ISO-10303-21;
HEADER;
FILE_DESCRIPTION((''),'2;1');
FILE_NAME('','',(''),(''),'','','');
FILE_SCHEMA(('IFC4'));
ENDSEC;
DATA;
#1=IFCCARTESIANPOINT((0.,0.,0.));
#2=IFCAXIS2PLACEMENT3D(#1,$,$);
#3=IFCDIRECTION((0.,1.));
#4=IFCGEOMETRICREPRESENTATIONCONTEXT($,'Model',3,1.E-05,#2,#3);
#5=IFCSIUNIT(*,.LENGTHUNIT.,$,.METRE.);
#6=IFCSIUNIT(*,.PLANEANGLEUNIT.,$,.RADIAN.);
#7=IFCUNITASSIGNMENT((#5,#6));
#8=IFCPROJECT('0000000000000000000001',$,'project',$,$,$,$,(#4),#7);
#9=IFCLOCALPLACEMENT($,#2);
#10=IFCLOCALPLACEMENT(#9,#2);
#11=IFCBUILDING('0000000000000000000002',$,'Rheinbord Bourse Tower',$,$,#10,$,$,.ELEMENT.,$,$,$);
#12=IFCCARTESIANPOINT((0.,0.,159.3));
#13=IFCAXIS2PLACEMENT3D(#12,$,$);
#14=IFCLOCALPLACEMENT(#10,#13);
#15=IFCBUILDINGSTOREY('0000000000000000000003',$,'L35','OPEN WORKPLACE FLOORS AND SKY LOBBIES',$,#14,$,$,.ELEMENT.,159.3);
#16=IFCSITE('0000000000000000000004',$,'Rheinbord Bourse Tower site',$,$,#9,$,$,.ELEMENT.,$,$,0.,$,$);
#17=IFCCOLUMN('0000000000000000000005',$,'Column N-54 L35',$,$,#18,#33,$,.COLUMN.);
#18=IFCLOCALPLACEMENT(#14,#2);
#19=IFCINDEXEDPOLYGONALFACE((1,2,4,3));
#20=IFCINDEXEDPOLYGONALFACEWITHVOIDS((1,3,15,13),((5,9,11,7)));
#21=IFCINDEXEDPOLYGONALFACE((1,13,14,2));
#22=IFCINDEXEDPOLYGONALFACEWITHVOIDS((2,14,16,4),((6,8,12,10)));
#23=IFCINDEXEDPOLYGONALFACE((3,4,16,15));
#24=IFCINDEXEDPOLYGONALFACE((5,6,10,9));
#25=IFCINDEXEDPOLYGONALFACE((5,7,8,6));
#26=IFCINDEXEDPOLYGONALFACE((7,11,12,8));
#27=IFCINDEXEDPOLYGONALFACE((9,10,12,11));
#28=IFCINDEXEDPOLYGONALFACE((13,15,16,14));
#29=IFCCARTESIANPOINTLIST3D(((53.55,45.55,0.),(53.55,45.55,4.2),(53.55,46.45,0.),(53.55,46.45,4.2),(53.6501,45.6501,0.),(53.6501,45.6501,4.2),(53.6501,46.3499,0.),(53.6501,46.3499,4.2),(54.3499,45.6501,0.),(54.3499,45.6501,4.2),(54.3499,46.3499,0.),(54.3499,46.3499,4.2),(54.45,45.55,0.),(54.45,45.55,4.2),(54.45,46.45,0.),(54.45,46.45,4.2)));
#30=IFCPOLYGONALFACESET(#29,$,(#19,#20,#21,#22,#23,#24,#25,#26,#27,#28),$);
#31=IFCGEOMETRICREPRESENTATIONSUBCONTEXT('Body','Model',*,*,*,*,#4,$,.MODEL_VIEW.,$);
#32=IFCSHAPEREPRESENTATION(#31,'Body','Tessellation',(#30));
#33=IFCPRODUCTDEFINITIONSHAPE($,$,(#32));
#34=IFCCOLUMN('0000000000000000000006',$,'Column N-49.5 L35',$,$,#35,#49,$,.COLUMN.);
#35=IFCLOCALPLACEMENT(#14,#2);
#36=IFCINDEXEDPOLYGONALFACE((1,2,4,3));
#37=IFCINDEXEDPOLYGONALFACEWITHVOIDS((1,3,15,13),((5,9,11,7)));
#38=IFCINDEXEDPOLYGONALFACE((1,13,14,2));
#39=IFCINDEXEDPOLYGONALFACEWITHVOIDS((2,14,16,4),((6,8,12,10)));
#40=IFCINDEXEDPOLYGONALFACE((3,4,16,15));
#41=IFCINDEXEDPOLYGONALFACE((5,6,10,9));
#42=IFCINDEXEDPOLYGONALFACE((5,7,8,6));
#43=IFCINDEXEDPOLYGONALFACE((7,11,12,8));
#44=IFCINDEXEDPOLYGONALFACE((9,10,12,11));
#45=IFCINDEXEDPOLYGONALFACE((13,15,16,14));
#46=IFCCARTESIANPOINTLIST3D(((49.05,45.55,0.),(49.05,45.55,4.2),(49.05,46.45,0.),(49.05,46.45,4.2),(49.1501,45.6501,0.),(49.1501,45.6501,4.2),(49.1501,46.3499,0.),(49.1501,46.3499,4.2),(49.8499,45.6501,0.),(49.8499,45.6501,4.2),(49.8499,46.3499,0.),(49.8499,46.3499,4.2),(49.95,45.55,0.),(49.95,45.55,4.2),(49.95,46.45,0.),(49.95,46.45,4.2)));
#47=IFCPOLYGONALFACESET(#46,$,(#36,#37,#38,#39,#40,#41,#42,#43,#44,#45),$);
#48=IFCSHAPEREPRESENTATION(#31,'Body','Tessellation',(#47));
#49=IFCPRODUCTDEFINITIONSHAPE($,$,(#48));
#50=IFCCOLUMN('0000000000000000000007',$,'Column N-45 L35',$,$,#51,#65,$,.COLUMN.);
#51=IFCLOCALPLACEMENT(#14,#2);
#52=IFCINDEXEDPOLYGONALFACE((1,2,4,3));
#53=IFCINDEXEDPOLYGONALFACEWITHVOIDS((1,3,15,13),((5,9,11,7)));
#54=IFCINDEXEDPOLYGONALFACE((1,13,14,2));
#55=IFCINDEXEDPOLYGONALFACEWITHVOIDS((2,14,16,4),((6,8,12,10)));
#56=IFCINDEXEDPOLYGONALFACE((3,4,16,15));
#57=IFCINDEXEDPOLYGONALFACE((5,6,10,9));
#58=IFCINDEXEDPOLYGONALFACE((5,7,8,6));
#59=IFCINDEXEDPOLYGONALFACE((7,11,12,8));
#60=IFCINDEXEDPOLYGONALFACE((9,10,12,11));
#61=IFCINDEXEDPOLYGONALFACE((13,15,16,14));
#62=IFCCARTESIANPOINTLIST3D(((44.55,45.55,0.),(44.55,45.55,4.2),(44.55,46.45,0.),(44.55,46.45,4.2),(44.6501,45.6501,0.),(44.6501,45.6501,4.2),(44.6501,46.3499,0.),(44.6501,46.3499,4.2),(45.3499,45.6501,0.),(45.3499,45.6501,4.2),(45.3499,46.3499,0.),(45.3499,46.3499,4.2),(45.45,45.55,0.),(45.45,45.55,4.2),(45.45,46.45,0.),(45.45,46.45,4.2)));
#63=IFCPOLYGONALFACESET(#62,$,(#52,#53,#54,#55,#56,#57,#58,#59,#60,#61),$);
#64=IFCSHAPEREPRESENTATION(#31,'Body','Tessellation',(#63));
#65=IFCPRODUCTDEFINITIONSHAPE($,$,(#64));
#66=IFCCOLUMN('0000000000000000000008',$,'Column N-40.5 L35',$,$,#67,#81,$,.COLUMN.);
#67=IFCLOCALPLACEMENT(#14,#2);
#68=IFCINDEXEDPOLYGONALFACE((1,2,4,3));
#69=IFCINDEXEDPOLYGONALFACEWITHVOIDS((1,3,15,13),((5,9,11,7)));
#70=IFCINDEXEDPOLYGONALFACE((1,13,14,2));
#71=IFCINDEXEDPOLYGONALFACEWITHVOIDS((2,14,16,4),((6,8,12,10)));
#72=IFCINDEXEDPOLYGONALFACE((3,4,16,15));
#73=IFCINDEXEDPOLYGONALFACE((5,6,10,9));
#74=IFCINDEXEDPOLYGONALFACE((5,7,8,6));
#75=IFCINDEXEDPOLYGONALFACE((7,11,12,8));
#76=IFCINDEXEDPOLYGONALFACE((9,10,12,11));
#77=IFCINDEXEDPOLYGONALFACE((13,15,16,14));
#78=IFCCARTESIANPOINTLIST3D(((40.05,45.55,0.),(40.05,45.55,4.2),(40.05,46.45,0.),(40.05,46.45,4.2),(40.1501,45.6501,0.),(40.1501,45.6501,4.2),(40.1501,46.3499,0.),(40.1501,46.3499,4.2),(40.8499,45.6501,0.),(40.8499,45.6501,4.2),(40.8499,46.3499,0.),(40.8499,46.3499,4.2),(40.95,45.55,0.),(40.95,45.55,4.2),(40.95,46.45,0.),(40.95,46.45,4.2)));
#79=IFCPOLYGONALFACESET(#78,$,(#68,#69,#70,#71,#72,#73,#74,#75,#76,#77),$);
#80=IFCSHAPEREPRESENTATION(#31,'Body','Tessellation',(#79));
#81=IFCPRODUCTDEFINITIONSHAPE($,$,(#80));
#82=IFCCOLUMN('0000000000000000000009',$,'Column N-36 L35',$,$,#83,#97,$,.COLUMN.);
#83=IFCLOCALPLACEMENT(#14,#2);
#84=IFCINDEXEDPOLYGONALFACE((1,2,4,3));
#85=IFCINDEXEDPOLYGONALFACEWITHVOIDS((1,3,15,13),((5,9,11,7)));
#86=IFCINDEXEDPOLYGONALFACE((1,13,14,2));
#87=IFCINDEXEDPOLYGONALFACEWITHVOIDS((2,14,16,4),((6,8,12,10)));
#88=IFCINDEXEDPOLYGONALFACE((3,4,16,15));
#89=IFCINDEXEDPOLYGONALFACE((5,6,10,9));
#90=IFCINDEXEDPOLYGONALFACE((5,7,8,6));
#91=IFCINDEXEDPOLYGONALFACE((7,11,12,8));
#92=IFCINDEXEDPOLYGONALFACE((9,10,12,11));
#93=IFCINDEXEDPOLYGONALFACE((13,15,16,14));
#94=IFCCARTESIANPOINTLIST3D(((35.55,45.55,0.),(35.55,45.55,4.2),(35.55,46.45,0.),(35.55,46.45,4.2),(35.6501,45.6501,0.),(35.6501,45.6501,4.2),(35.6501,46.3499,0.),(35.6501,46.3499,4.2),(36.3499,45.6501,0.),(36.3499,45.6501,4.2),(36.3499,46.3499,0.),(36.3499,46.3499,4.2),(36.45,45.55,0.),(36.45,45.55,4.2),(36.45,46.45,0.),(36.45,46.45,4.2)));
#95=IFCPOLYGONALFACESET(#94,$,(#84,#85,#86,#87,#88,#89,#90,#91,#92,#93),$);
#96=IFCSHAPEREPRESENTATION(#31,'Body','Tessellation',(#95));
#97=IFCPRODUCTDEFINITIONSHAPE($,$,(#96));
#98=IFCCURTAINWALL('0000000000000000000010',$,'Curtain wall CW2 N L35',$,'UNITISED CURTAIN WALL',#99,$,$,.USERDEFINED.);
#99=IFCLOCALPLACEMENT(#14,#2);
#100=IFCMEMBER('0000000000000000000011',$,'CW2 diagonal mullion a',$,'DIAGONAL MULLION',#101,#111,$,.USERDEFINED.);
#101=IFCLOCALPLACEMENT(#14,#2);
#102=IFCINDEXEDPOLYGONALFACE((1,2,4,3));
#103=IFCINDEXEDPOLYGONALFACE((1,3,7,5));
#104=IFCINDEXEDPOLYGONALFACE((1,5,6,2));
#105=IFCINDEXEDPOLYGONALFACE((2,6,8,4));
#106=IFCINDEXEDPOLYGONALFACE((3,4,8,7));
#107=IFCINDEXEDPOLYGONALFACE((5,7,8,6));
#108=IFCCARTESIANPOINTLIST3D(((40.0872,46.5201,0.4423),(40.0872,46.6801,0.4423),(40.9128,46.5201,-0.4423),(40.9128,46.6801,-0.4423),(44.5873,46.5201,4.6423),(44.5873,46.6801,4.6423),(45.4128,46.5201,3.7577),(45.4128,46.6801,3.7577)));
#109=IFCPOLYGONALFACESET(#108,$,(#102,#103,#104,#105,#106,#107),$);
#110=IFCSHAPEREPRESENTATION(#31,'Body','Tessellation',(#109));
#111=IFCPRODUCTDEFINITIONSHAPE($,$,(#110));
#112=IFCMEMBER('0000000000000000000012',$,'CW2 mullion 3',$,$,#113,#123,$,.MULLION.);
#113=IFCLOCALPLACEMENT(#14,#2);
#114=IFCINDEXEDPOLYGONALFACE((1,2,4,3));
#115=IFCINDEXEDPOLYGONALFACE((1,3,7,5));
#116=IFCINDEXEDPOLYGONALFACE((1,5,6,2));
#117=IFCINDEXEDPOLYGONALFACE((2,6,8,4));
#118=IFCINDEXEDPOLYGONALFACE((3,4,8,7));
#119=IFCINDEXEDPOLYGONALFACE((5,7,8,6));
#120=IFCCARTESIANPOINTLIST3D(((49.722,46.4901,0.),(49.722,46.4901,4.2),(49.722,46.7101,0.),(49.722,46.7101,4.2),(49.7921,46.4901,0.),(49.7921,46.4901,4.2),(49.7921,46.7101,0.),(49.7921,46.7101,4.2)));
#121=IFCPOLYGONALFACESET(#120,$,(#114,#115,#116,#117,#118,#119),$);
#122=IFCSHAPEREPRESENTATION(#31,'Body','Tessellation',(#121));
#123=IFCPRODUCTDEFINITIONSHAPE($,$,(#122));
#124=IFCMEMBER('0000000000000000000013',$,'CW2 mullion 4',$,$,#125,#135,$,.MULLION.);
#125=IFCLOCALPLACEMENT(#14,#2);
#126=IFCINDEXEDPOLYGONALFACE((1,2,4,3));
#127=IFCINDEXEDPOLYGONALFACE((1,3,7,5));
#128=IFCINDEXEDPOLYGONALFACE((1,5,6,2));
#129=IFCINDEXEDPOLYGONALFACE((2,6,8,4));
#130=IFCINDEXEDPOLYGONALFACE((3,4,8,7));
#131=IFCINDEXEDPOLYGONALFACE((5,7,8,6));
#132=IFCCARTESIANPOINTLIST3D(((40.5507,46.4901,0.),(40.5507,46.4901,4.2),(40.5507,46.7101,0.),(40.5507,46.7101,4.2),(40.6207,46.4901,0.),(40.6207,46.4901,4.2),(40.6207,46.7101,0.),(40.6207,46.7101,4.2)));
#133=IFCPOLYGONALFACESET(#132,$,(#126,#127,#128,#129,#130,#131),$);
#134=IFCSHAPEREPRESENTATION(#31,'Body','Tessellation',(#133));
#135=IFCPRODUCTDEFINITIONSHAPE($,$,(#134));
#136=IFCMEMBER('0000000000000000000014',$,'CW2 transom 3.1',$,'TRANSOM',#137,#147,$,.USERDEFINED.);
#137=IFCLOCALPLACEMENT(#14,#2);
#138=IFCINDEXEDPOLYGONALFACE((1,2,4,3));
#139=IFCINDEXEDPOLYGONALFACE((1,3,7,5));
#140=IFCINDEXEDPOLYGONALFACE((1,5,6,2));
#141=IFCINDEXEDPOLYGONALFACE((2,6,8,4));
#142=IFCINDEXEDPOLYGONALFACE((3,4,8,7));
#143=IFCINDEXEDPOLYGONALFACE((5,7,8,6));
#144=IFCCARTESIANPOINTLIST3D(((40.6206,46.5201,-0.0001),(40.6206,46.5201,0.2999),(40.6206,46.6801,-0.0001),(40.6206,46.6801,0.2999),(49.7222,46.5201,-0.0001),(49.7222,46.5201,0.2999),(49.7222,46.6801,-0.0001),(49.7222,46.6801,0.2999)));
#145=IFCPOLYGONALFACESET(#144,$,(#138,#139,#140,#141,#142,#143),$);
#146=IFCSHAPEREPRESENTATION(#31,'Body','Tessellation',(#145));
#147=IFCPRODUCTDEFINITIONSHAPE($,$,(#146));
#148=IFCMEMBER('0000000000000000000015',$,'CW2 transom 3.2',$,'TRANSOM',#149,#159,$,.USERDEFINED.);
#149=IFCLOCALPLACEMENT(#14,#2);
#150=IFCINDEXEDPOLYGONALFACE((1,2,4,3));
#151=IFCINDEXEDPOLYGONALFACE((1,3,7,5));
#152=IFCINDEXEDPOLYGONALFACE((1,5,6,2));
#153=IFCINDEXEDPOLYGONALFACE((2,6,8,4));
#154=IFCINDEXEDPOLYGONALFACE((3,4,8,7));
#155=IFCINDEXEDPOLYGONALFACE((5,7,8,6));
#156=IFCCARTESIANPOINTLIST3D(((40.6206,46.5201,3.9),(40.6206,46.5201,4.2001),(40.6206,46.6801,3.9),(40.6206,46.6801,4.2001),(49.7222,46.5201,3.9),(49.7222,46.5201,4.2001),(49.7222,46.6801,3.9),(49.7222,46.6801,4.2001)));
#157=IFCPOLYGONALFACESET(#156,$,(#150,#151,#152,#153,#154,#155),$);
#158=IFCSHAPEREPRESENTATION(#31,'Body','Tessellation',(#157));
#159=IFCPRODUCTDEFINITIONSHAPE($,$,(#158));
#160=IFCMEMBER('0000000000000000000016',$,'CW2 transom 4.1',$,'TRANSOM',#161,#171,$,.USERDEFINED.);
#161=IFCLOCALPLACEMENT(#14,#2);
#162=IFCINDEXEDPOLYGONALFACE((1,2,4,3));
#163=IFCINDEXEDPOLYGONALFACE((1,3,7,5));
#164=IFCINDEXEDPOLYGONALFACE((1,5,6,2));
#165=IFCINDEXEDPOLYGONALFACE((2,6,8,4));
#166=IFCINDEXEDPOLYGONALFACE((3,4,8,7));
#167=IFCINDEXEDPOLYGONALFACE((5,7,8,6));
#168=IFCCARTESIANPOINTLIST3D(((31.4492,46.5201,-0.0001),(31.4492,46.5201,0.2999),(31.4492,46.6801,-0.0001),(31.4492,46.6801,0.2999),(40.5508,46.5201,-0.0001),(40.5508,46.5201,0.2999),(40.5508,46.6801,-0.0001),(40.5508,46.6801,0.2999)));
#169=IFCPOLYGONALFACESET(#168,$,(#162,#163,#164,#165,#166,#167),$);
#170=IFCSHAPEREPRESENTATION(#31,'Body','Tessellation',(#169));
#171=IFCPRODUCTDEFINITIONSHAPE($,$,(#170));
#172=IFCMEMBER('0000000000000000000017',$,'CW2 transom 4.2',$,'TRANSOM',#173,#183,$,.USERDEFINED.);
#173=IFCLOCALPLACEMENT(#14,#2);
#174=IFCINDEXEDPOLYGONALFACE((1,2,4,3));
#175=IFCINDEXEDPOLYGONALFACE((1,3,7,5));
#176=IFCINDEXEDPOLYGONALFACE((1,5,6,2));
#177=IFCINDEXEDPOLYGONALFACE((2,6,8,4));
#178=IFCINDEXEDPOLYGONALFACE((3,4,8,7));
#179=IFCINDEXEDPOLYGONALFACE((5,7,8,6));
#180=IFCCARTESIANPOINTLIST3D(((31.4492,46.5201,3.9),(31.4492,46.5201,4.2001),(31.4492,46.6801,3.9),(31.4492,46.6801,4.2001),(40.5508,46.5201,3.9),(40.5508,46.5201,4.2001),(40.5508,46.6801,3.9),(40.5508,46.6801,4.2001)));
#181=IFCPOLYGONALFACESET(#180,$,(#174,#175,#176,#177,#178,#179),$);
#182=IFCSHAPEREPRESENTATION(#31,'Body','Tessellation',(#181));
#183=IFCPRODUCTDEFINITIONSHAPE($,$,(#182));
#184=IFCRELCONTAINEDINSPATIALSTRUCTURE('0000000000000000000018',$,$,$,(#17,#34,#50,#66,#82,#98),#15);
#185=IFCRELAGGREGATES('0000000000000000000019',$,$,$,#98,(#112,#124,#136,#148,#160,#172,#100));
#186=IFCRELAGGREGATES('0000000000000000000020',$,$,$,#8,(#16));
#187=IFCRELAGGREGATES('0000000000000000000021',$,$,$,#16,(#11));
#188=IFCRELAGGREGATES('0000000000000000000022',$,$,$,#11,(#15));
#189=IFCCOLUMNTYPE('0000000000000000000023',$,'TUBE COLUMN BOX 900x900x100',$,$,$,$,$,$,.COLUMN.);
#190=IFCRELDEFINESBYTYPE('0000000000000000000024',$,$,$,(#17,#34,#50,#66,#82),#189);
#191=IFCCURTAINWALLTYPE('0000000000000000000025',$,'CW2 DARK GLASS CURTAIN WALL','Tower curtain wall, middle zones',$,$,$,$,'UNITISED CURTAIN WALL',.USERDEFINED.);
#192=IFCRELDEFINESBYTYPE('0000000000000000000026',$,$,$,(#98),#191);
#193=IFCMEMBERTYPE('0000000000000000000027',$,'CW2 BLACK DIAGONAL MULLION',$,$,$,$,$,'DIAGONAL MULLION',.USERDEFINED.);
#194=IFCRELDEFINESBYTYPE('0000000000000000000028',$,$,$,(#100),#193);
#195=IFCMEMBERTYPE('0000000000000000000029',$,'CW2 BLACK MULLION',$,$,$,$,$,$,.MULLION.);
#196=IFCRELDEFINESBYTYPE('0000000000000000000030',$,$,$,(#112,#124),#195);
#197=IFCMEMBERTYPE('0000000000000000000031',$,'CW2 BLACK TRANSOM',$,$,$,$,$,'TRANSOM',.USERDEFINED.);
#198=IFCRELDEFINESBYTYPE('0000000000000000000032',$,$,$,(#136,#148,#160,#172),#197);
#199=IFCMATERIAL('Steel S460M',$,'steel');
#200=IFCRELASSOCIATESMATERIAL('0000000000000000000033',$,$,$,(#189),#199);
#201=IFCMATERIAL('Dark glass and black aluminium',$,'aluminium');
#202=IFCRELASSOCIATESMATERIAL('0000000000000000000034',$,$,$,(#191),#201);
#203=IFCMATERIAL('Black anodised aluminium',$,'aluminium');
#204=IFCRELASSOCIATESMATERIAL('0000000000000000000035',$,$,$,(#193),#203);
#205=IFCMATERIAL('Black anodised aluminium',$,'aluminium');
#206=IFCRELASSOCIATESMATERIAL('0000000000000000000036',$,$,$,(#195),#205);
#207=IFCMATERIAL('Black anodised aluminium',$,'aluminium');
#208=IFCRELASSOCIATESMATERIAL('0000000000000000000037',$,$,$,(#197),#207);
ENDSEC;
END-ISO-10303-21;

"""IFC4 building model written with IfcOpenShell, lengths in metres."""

from ifc_helpers import new_model, si_unit, direction, frame, origin, origin_2d, place, context, subcontext, project, spatial, rectangle, hollow_rectangle, extrude, material, material_profile, profile_set, type_object, element, aggregate, save


model = new_model("IFC4")

# Units and contexts
model_context = context("Model", 3, precision=1e-05, world=origin(), true_north=direction((0.0, 1.0)))
body_context = subcontext(model_context, "Body", "Model", "MODEL_VIEW")
ifc_project = project(units=[si_unit("LENGTHUNIT", "METRE"), si_unit("PLANEANGLEUNIT", "RADIAN")], contexts=[model_context])

# Site, building, storey
site_placement = place(None, origin())
site = spatial("IfcSite", under=ifc_project, at=site_placement, Name="Rheinbord Bourse Tower site", CompositionType="ELEMENT", RefElevation=0.0)
building_placement = place(site_placement, origin())
building = spatial("IfcBuilding", under=site, at=building_placement, Name="Rheinbord Bourse Tower", CompositionType="ELEMENT")
storey_placement = place(building_placement, frame((0.0, 0.0, 159.3)))
storey = spatial("IfcBuildingStorey", under=building, at=storey_placement, Name="L35", Description="OPEN WORKPLACE FLOORS AND SKY LOBBIES", CompositionType="ELEMENT", Elevation=159.3)

# Columns
ifc_material_1 = material(Name="Steel S460M", Category="steel")
ifc_material_profile_1 = material_profile(ifc_material_1, hollow_rectangle(XDim=0.8999, YDim=0.8999, WallThickness=0.1001, at=origin_2d()), Name="BOX 900x900x100")
ifc_profile_set_1 = profile_set([ifc_material_profile_1], Name="Steel S460M")
column_type = type_object("IfcColumnType", Name="TUBE COLUMN BOX 900x900x100", PredefinedType="COLUMN", material=ifc_profile_set_1)
for number, where, z_axis, x_axis, name in (
    (1, (54.0, 46.0, 0.0), (0.0, 0.0, 1.0), (0.0, 1.0, 0.0), "Column N-54 L35"),
    (2, (49.5, 46.0, 0.0), (0.0, 0.0, 1.0), (0.0, 1.0, 0.0), "Column N-49.5 L35"),
    (3, (45.0, 46.0, 0.0), (0.0, 0.0, 1.0), (0.0, 1.0, 0.0), "Column N-45 L35"),
    (4, (40.5, 46.0, 0.0), (0.0, 0.0, 1.0), (0.0, 1.0, 0.0), "Column N-40.5 L35"),
    (5, (36.0, 46.0, 0.0), (0.0, 0.0, 1.0), (0.0, 1.0, 0.0), "Column N-36 L35"),
):
    element("IfcColumn", number, at=place(storey_placement, frame(where, z_axis=z_axis, x_axis=x_axis)), inside=storey, type_object=column_type, Name=name, PredefinedType="COLUMN", context=body_context, shape_type="SweptSolid", body=[
        extrude(hollow_rectangle(XDim=0.8999, YDim=0.8999, WallThickness=0.1001, at=origin_2d()), origin(), (0.0, 0.0, 1.0), 4.2),
    ])

# Curtain wall, members
ifc_material_2 = material(Name="Dark glass and black aluminium", Category="aluminium")
curtain_wall_type = type_object("IfcCurtainWallType", Name="CW2 DARK GLASS CURTAIN WALL", Description="Tower curtain wall, middle zones", ElementType="UNITISED CURTAIN WALL", PredefinedType="USERDEFINED", material=ifc_material_2)
curtain_wall_placement = place(storey_placement, origin())
curtain_wall = element("IfcCurtainWall", 6, at=curtain_wall_placement, inside=storey, type_object=curtain_wall_type, Name="Curtain wall CW2 N L35", ObjectType="UNITISED CURTAIN WALL", PredefinedType="USERDEFINED")
ifc_material_3 = material(Name="Black anodised aluminium", Category="aluminium")
ifc_material_profile_2 = material_profile(ifc_material_3, rectangle(XDim=0.1599, YDim=1.21, at=origin_2d()), Name="CW2 DIAGONAL MULLION 1210x160")
ifc_profile_set_2 = profile_set([ifc_material_profile_2], Name="Black anodised aluminium")
member_type_1 = type_object("IfcMemberType", Name="CW2 BLACK DIAGONAL MULLION", ElementType="DIAGONAL MULLION", PredefinedType="USERDEFINED", material=ifc_profile_set_2)
member_1_placement = place(storey_placement, frame((40.5, 46.6001, 0.0), z_axis=(0.731059, 0.0, 0.682314), x_axis=(0.0, 1.0, 0.0)))
member_1 = element("IfcMember", 7, at=member_1_placement, type_object=member_type_1, Name="CW2 diagonal mullion a", ObjectType="DIAGONAL MULLION", PredefinedType="USERDEFINED", context=body_context, shape_type="SweptSolid", body=[
    extrude(rectangle(XDim=0.1599, YDim=1.21, at=origin_2d()), origin(), (0.0, 0.0, 1.0), 6.1555),
])
ifc_material_4 = material(Name="Black anodised aluminium", Category="aluminium")
ifc_material_profile_3 = material_profile(ifc_material_4, rectangle(XDim=0.22, YDim=0.0701, at=origin_2d()), Name="CW2 MULLION 70x220")
ifc_profile_set_3 = profile_set([ifc_material_profile_3], Name="Black anodised aluminium")
member_type_2 = type_object("IfcMemberType", Name="CW2 BLACK MULLION", PredefinedType="MULLION", material=ifc_profile_set_3)
member_2_placement = place(storey_placement, frame((49.7571, 46.6001, 0.0), z_axis=(0.0, 0.0, 1.0), x_axis=(0.0, -1.0, 0.0)))
member_2 = element("IfcMember", 8, at=member_2_placement, type_object=member_type_2, Name="CW2 mullion 3", PredefinedType="MULLION", context=body_context, shape_type="SweptSolid", body=[
    extrude(rectangle(XDim=0.22, YDim=0.0701, at=origin_2d()), origin(), (0.0, 0.0, 1.0), 4.2),
])
member_3_placement = place(storey_placement, frame((40.5857, 46.6001, 0.0), z_axis=(0.0, 0.0, 1.0), x_axis=(0.0, -1.0, 0.0)))
member_3 = element("IfcMember", 9, at=member_3_placement, type_object=member_type_2, Name="CW2 mullion 4", PredefinedType="MULLION", context=body_context, shape_type="SweptSolid", body=[
    extrude(rectangle(XDim=0.22, YDim=0.0701, at=origin_2d()), origin(), (0.0, 0.0, 1.0), 4.2),
])
ifc_material_5 = material(Name="Black anodised aluminium", Category="aluminium")
ifc_material_profile_4 = material_profile(ifc_material_5, rectangle(XDim=0.1599, YDim=0.3, at=origin_2d()), Name="CW2 TRANSOM 300x160")
ifc_profile_set_4 = profile_set([ifc_material_profile_4], Name="Black anodised aluminium")
member_type_3 = type_object("IfcMemberType", Name="CW2 BLACK TRANSOM", ElementType="TRANSOM", PredefinedType="USERDEFINED", material=ifc_profile_set_4)
member_4_placement = place(storey_placement, frame((49.7222, 46.6001, 0.1499), z_axis=(-1.0, 0.0, 0.0), x_axis=(0.0, -1.0, 0.0)))
member_4 = element("IfcMember", 10, at=member_4_placement, type_object=member_type_3, Name="CW2 transom 3.1", ObjectType="TRANSOM", PredefinedType="USERDEFINED", context=body_context, shape_type="SweptSolid", body=[
    extrude(rectangle(XDim=0.1599, YDim=0.3, at=origin_2d()), origin(), (0.0, 0.0, 1.0), 9.1016),
])
member_5_placement = place(storey_placement, frame((49.7222, 46.6001, 4.05), z_axis=(-1.0, 0.0, 0.0), x_axis=(0.0, -1.0, 0.0)))
member_5 = element("IfcMember", 11, at=member_5_placement, type_object=member_type_3, Name="CW2 transom 3.2", ObjectType="TRANSOM", PredefinedType="USERDEFINED", context=body_context, shape_type="SweptSolid", body=[
    extrude(rectangle(XDim=0.1599, YDim=0.3, at=origin_2d()), origin(), (0.0, 0.0, 1.0), 9.1016),
])
member_6_placement = place(storey_placement, frame((40.5508, 46.6001, 0.1499), z_axis=(-1.0, 0.0, 0.0), x_axis=(0.0, -1.0, 0.0)))
member_6 = element("IfcMember", 12, at=member_6_placement, type_object=member_type_3, Name="CW2 transom 4.1", ObjectType="TRANSOM", PredefinedType="USERDEFINED", context=body_context, shape_type="SweptSolid", body=[
    extrude(rectangle(XDim=0.1599, YDim=0.3, at=origin_2d()), origin(), (0.0, 0.0, 1.0), 9.1016),
])
member_7_placement = place(storey_placement, frame((40.5508, 46.6001, 4.05), z_axis=(-1.0, 0.0, 0.0), x_axis=(0.0, -1.0, 0.0)))
member_7 = element("IfcMember", 13, at=member_7_placement, type_object=member_type_3, Name="CW2 transom 4.2", ObjectType="TRANSOM", PredefinedType="USERDEFINED", context=body_context, shape_type="SweptSolid", body=[
    extrude(rectangle(XDim=0.1599, YDim=0.3, at=origin_2d()), origin(), (0.0, 0.0, 1.0), 9.1016),
])

aggregate(curtain_wall, [member_2, member_3, member_4, member_5, member_6, member_7, member_1])

save(model, "model.ifc")
